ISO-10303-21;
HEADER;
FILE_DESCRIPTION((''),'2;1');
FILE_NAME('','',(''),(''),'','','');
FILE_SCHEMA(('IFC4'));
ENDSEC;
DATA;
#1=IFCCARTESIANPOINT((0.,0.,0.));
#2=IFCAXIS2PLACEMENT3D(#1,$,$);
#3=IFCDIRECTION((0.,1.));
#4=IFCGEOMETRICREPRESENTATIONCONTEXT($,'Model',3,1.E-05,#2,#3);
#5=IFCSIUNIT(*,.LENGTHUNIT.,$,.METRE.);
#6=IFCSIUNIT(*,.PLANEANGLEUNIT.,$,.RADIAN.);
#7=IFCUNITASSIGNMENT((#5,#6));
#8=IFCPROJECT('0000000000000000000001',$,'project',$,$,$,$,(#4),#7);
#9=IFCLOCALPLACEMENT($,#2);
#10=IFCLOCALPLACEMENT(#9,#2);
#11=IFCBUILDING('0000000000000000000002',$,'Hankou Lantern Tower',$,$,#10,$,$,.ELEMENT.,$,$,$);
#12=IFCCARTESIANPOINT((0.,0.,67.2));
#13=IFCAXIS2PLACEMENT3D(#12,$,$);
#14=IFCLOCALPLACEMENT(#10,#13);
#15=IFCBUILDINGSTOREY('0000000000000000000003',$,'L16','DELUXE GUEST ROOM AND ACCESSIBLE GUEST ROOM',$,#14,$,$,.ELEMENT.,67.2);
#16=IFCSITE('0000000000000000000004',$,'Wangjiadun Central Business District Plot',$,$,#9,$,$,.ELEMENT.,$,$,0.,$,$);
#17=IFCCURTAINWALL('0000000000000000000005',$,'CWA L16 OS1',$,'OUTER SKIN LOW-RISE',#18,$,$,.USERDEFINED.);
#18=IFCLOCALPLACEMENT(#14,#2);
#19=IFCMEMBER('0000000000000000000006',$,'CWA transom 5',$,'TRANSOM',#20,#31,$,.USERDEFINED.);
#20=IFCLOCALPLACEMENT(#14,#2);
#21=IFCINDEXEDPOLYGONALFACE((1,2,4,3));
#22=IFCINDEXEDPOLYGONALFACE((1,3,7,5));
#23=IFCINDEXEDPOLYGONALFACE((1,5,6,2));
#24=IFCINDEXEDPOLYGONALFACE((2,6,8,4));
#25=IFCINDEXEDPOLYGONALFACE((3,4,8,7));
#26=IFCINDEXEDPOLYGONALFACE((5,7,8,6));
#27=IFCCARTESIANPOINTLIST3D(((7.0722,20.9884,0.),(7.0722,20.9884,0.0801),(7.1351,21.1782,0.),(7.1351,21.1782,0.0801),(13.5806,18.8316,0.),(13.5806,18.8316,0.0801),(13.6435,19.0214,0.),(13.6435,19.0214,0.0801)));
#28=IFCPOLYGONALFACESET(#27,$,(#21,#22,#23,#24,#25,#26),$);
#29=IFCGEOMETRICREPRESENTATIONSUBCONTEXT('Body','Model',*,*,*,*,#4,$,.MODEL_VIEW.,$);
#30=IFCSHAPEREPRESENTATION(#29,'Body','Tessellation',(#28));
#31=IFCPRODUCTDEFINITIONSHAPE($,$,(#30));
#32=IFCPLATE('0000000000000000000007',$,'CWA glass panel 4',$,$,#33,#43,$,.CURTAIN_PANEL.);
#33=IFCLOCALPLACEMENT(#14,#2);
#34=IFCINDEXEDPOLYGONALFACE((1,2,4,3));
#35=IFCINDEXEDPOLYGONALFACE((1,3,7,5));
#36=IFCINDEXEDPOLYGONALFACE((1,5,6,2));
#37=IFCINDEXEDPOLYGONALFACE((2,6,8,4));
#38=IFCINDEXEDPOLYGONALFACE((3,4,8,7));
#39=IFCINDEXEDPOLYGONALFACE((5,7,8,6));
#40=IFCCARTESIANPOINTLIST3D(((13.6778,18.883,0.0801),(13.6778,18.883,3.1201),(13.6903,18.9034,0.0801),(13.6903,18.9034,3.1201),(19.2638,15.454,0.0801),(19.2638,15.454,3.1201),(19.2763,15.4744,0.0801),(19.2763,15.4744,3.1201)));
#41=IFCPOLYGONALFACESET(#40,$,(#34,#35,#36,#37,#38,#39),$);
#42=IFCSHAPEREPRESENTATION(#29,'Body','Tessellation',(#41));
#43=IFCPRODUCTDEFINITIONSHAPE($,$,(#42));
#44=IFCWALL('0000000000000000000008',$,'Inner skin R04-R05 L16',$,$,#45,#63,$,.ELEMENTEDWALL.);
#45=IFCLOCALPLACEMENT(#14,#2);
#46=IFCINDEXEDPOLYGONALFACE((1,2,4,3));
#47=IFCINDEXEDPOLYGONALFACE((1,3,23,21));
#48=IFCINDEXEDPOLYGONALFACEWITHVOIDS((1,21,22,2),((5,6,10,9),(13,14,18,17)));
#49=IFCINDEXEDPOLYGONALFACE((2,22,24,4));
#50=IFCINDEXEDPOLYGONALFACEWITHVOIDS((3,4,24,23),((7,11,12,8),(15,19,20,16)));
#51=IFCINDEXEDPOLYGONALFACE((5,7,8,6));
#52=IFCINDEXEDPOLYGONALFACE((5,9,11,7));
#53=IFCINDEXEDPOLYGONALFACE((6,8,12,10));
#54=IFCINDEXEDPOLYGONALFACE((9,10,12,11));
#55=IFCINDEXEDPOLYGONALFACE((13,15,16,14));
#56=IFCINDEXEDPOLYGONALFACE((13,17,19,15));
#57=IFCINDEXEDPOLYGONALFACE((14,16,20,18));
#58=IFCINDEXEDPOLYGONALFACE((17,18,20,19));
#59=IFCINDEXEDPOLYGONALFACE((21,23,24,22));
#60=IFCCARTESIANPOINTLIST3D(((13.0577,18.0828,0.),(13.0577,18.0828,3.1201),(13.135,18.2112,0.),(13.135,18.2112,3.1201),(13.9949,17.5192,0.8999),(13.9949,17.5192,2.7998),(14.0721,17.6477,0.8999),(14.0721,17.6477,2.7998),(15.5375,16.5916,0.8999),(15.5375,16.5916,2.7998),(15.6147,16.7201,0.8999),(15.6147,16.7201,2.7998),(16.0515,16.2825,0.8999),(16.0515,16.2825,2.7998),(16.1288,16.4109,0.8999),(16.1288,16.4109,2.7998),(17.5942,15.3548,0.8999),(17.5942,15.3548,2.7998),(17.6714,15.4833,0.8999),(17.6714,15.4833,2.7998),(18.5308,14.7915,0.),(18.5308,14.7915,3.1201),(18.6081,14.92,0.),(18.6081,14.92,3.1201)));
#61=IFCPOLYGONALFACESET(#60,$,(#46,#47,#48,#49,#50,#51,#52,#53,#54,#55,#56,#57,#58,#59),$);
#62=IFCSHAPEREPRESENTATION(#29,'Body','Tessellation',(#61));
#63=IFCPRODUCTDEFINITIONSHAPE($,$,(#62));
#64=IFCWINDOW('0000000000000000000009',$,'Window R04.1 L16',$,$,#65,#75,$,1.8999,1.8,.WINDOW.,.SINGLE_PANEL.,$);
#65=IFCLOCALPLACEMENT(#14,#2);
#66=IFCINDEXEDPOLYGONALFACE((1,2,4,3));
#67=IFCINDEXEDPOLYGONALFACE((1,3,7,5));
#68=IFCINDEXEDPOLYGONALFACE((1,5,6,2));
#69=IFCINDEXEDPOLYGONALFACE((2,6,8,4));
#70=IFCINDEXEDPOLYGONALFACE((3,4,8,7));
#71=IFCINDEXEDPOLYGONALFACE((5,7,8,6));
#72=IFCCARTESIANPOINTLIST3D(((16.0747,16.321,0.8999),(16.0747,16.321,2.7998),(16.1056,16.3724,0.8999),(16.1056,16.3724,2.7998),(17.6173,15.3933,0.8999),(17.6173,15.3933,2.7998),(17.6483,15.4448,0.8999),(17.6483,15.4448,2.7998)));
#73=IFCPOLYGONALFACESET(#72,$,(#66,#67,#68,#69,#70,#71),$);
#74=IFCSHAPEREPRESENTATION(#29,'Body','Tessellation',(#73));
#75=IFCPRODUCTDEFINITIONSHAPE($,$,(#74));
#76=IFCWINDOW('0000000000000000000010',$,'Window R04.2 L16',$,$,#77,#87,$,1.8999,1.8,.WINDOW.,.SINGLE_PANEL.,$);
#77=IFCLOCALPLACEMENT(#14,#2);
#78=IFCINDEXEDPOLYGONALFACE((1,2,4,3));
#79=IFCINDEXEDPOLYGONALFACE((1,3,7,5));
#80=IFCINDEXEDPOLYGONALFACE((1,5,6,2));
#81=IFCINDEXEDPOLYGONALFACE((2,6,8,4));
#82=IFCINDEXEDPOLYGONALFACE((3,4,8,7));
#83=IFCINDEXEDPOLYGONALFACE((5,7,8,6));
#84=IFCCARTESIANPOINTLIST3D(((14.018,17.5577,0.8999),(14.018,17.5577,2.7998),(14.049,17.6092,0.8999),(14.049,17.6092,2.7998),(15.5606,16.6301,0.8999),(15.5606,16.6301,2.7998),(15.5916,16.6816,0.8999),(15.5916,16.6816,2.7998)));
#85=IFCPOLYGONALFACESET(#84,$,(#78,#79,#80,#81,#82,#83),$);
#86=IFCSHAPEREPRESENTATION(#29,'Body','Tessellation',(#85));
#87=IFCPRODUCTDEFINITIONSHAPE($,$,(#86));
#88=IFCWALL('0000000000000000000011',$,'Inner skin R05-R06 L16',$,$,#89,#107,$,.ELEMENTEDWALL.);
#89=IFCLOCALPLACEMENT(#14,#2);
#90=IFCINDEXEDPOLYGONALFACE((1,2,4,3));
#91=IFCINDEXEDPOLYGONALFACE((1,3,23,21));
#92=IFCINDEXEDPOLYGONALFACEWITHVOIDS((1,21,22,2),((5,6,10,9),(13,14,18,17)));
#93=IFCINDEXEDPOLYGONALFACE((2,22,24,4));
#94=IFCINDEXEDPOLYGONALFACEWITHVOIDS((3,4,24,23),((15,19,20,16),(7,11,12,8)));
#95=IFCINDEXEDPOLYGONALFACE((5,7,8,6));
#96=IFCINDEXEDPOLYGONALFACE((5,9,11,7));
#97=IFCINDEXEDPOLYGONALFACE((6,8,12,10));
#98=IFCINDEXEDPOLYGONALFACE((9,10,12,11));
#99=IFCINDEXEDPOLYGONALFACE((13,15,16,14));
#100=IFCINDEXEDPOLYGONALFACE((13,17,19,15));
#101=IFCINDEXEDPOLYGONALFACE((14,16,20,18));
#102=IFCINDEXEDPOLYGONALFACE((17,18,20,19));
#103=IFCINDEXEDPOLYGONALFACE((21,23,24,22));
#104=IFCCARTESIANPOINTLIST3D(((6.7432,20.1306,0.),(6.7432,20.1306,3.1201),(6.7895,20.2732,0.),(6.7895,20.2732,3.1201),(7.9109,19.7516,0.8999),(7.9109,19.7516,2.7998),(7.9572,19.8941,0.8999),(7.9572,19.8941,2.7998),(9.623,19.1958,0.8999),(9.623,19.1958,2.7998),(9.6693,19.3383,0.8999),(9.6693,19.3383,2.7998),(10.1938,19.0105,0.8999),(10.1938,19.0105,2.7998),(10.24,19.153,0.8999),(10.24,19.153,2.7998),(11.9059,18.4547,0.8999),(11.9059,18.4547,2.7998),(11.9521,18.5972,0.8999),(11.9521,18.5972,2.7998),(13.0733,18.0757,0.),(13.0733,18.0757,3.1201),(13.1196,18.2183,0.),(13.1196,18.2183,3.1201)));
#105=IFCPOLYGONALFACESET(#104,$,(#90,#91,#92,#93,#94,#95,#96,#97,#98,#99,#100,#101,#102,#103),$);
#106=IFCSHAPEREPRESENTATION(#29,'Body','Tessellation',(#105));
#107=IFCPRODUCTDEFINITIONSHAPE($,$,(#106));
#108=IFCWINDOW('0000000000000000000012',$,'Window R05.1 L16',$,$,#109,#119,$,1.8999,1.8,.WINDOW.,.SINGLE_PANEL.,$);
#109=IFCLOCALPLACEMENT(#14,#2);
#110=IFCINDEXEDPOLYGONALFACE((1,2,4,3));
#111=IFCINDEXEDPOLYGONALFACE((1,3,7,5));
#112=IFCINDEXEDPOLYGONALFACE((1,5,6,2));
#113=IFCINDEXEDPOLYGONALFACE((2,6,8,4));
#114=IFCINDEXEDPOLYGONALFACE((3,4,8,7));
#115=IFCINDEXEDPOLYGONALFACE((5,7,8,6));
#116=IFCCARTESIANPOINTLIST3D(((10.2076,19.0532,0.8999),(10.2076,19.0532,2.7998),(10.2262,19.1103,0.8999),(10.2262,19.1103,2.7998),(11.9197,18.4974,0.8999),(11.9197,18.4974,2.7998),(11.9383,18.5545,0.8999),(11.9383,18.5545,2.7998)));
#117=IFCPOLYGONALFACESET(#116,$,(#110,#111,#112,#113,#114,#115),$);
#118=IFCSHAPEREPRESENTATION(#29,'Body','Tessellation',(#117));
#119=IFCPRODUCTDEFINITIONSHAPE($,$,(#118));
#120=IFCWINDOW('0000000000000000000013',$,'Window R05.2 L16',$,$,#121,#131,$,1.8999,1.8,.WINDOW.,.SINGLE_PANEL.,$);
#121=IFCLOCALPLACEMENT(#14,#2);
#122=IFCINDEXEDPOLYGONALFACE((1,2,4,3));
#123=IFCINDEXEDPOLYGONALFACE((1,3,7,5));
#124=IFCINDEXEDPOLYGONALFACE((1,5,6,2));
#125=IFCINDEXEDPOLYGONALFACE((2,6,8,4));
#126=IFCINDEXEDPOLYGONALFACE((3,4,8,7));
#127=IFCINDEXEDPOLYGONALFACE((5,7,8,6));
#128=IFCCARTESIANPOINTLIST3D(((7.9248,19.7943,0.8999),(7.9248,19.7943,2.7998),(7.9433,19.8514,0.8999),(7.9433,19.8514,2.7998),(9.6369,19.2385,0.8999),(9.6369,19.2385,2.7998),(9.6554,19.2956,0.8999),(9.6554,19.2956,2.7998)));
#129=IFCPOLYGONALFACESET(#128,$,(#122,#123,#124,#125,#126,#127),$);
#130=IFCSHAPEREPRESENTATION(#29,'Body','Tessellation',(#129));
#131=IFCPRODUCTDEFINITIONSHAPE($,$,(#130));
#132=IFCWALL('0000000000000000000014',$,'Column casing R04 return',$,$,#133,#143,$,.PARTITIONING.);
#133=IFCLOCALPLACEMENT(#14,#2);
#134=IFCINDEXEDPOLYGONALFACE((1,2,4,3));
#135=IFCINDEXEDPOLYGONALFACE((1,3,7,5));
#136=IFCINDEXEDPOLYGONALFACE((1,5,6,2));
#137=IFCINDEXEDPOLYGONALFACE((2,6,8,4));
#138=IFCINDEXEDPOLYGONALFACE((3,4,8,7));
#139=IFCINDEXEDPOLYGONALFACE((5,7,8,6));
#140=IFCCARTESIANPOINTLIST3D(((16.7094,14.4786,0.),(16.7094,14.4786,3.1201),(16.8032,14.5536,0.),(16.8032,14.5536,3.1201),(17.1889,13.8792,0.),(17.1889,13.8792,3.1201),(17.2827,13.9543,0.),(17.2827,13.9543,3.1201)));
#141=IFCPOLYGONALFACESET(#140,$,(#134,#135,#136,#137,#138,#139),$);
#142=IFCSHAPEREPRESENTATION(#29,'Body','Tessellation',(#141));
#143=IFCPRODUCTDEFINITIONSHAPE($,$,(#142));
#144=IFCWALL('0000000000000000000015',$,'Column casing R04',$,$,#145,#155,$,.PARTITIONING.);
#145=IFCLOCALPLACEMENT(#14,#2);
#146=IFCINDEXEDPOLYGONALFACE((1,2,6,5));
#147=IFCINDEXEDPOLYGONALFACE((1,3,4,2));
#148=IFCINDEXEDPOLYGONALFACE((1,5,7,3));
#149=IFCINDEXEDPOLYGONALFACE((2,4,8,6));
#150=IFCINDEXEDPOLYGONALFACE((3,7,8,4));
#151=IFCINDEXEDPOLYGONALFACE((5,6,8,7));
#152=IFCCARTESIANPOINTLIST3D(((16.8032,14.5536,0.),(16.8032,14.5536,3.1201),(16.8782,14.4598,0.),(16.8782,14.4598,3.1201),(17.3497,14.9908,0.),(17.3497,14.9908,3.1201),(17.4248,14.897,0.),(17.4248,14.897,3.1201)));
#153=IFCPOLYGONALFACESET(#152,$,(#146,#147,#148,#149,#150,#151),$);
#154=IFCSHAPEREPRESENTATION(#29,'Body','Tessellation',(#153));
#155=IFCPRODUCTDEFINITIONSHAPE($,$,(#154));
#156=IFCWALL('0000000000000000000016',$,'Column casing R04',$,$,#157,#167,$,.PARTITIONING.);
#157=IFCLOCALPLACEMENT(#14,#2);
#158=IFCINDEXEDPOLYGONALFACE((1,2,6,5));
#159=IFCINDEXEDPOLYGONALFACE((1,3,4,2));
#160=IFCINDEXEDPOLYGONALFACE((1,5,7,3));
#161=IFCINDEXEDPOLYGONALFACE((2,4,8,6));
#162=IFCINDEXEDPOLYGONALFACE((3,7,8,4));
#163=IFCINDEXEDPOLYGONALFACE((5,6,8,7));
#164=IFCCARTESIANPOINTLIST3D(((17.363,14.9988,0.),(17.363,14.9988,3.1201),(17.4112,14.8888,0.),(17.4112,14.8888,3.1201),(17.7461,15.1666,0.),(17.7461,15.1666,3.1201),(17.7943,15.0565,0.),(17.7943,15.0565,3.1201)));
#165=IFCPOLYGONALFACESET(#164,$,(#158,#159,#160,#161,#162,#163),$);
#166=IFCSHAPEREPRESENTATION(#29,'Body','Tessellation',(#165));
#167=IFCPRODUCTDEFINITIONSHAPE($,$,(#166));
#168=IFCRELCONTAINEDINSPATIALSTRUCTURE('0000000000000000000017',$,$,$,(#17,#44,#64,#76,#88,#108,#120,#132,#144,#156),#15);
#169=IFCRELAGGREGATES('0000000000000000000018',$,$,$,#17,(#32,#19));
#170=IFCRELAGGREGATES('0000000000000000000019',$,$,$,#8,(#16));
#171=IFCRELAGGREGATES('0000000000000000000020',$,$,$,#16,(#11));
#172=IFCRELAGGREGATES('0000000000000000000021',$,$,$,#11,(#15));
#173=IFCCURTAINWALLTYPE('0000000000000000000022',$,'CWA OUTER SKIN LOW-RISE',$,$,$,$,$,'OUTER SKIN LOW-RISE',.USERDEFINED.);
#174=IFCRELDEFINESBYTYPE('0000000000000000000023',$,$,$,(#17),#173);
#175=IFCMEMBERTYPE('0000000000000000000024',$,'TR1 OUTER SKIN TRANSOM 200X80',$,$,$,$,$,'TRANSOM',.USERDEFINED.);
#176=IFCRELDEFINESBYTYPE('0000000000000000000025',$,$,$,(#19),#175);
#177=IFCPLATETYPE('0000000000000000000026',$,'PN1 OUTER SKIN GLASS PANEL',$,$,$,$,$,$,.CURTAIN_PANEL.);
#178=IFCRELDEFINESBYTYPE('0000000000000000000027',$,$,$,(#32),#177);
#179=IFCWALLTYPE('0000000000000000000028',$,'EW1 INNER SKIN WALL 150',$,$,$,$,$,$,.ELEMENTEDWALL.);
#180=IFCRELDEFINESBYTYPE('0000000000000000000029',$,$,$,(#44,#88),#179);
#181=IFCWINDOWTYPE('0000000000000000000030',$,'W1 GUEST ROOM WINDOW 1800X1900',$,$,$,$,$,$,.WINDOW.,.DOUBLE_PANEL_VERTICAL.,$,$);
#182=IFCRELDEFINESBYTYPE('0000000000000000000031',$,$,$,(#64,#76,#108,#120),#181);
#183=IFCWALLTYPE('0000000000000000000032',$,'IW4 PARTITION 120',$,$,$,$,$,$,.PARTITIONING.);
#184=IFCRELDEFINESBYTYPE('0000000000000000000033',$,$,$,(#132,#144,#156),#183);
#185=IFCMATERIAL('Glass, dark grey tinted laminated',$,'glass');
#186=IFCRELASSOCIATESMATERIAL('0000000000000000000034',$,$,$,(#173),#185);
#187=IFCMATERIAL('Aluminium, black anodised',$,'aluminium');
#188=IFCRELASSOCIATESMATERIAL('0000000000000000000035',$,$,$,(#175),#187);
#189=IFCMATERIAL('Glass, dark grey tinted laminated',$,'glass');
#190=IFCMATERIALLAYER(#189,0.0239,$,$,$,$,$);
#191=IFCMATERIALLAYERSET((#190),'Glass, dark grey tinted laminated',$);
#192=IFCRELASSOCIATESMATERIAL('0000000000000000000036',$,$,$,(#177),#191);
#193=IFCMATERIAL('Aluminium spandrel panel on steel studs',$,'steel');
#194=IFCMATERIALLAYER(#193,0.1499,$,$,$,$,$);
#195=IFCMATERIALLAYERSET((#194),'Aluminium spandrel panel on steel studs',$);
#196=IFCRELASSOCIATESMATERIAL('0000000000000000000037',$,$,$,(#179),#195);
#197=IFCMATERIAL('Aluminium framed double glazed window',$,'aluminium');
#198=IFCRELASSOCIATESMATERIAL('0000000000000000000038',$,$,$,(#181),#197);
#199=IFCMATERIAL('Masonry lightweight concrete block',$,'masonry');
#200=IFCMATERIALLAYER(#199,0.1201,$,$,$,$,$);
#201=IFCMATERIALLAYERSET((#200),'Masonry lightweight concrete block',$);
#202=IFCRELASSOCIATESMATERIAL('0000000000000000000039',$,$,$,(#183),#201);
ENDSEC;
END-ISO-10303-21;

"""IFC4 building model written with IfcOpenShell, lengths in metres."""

from ifc_helpers import new_model, si_unit, direction, frame, frame_2d, origin, origin_2d, place, context, subcontext, project, spatial, rectangle, extrude, material, layer, layer_set, material_profile, profile_set, type_object, element, fill, aggregate, save


model = new_model("IFC4")

# Units and contexts
model_context = context("Model", 3, precision=1e-05, world=origin(), true_north=direction((0.0, 1.0)))
body_context = subcontext(model_context, "Body", "Model", "MODEL_VIEW")
ifc_project = project(units=[si_unit("LENGTHUNIT", "METRE"), si_unit("PLANEANGLEUNIT", "RADIAN")], contexts=[model_context])

# Site, building, storey
site_placement = place(None, origin())
site = spatial("IfcSite", under=ifc_project, at=site_placement, Name="Wangjiadun Central Business District Plot", CompositionType="ELEMENT", RefElevation=0.0)
building_placement = place(site_placement, origin())
building = spatial("IfcBuilding", under=site, at=building_placement, Name="Hankou Lantern Tower", CompositionType="ELEMENT")
storey_placement = place(building_placement, frame((0.0, 0.0, 67.2)))
storey = spatial("IfcBuildingStorey", under=building, at=storey_placement, Name="L16", Description="DELUXE GUEST ROOM AND ACCESSIBLE GUEST ROOM", CompositionType="ELEMENT", Elevation=67.2)

# Curtain wall, member, plate
ifc_material_1 = material(Name="Glass, dark grey tinted laminated", Category="glass")
curtain_wall_type = type_object("IfcCurtainWallType", Name="CWA OUTER SKIN LOW-RISE", ElementType="OUTER SKIN LOW-RISE", PredefinedType="USERDEFINED", material=ifc_material_1)
curtain_wall_placement = place(storey_placement, origin())
curtain_wall = element("IfcCurtainWall", 1, at=curtain_wall_placement, inside=storey, type_object=curtain_wall_type, Name="CWA L16 OS1", ObjectType="OUTER SKIN LOW-RISE", PredefinedType="USERDEFINED")
ifc_material_2 = material(Name="Aluminium, black anodised", Category="aluminium")
ifc_material_profile_1 = material_profile(ifc_material_2, rectangle(XDim=0.2, YDim=0.0801, at=origin_2d()), Name="TR1 200X80")
ifc_profile_set_1 = profile_set([ifc_material_profile_1], Name="Aluminium, black anodised")
member_type_1 = type_object("IfcMemberType", Name="TR1 OUTER SKIN TRANSOM 200X80", ElementType="TRANSOM", PredefinedType="USERDEFINED", material=ifc_profile_set_1)
member_1_placement = place(storey_placement, frame((13.6121, 18.9265, 0.04), z_axis=(-0.949237, 0.314561, 0.0), x_axis=(-0.314561, -0.949237, 0.0)))
member_1 = element("IfcMember", 2, at=member_1_placement, type_object=member_type_1, Name="CWA transom 5", ObjectType="TRANSOM", PredefinedType="USERDEFINED", context=body_context, shape_type="SweptSolid", body=[
    extrude(rectangle(XDim=0.2, YDim=0.0801, at=origin_2d()), origin(), (0.0, 0.0, 1.0), 6.8564),
])
ifc_material_3 = material(Name="Glass, dark grey tinted laminated", Category="glass")
ifc_layer_1 = layer(ifc_material_3, 0.0239)
ifc_layer_set_1 = layer_set([ifc_layer_1], Name="Glass, dark grey tinted laminated")
plate_type = type_object("IfcPlateType", Name="PN1 OUTER SKIN GLASS PANEL", PredefinedType="CURTAIN_PANEL", material=ifc_layer_set_1)
plate_placement = place(storey_placement, frame((16.4771, 17.1787, 0.0801), z_axis=(0.0, 0.0, 1.0), x_axis=(-0.852237, 0.523156, 0.0)))
plate = element("IfcPlate", 3, at=plate_placement, type_object=plate_type, Name="CWA glass panel 4", PredefinedType="CURTAIN_PANEL", context=body_context, shape_type="SweptSolid", body=[
    extrude(rectangle(XDim=6.5544, YDim=0.0239, at=origin_2d()), origin(), (0.0, 0.0, 1.0), 3.04),
])
aggregate(curtain_wall, [plate, member_1])

# Walls, openings, windows
ifc_material_4 = material(Name="Aluminium spandrel panel on steel studs", Category="steel")
ifc_layer_2 = layer(ifc_material_4, 0.1499)
ifc_layer_set_2 = layer_set([ifc_layer_2], Name="Aluminium spandrel panel on steel studs")
wall_type_1 = type_object("IfcWallType", Name="EW1 INNER SKIN WALL 150", PredefinedType="ELEMENTEDWALL", material=ifc_layer_set_2)
wall_1_placement = place(storey_placement, frame((18.5696, 14.8557, 0.0), z_axis=(0.0, 0.0, 1.0), x_axis=(-0.856983, 0.515344, 0.0)))
wall_1 = element("IfcWall", 4, at=wall_1_placement, inside=storey, type_object=wall_type_1, Name="Inner skin R04-R05 L16", PredefinedType="ELEMENTEDWALL", context=body_context, shape_type="SweptSolid", body=[
    extrude(rectangle(XDim=6.3865, YDim=0.1499, at=frame_2d((3.1934, 0.0))), origin(), (0.0, 0.0, 1.0), 3.1201),
])
opening_1_placement = place(wall_1_placement, frame((1.0933, 0.0, 0.8999)))
opening_1 = element("IfcOpeningElement", 5, at=opening_1_placement, cuts=wall_1, PredefinedType="OPENING", context=body_context, shape_type="SweptSolid", body=[
    extrude(rectangle(XDim=1.8, YDim=1.8999, at=frame_2d((0.8999, 0.95))), frame((0.0, 0.085, 0.0), z_axis=(0.0, -1.0, 0.0), x_axis=(1.0, 0.0, 0.0)), (0.0, 0.0, 1.0), 0.1699),
])
opening_2_placement = place(wall_1_placement, frame((3.4932, 0.0, 0.8999)))
opening_2 = element("IfcOpeningElement", 6, at=opening_2_placement, cuts=wall_1, PredefinedType="OPENING", context=body_context, shape_type="SweptSolid", body=[
    extrude(rectangle(XDim=1.8, YDim=1.8999, at=frame_2d((0.8999, 0.95))), frame((0.0, 0.085, 0.0), z_axis=(0.0, -1.0, 0.0), x_axis=(1.0, 0.0, 0.0)), (0.0, 0.0, 1.0), 0.1699),
])
ifc_material_5 = material(Name="Aluminium framed double glazed window", Category="aluminium")
window_type = type_object("IfcWindowType", Name="W1 GUEST ROOM WINDOW 1800X1900", PartitioningType="DOUBLE_PANEL_VERTICAL", PredefinedType="WINDOW", material=ifc_material_5)
window_1_placement = place(opening_1_placement, origin())
window_1 = element("IfcWindow", 7, at=window_1_placement, inside=storey, type_object=window_type, Name="Window R04.1 L16", OverallHeight=1.8999, OverallWidth=1.8, PartitioningType="SINGLE_PANEL", PredefinedType="WINDOW", context=body_context, shape_type="SweptSolid", body=[
    extrude(rectangle(XDim=1.8, YDim=1.8999, at=frame_2d((0.8999, 0.95))), frame((0.0, 0.03, 0.0), z_axis=(0.0, -1.0, 0.0), x_axis=(1.0, 0.0, 0.0)), (0.0, 0.0, 1.0), 0.0601),
])
fill(opening_1, window_1)
window_2_placement = place(opening_2_placement, origin())
window_2 = element("IfcWindow", 8, at=window_2_placement, inside=storey, type_object=window_type, Name="Window R04.2 L16", OverallHeight=1.8999, OverallWidth=1.8, PartitioningType="SINGLE_PANEL", PredefinedType="WINDOW", context=body_context, shape_type="SweptSolid", body=[
    extrude(rectangle(XDim=1.8, YDim=1.8999, at=frame_2d((0.8999, 0.95))), frame((0.0, 0.03, 0.0), z_axis=(0.0, -1.0, 0.0), x_axis=(1.0, 0.0, 0.0)), (0.0, 0.0, 1.0), 0.0601),
])
fill(opening_2, window_2)
wall_2_placement = place(storey_placement, frame((13.0964, 18.147, 0.0), z_axis=(0.0, 0.0, 1.0), x_axis=(-0.951138, 0.308768, 0.0)))
wall_2 = element("IfcWall", 9, at=wall_2_placement, inside=storey, type_object=wall_type_1, Name="Inner skin R05-R06 L16", PredefinedType="ELEMENTEDWALL", context=body_context, shape_type="SweptSolid", body=[
    extrude(rectangle(XDim=6.6553, YDim=0.1499, at=frame_2d((3.3276, 0.0))), origin(), (0.0, 0.0, 1.0), 3.1201),
])
opening_3_placement = place(wall_2_placement, frame((1.2275, 0.0, 0.8999)))
opening_3 = element("IfcOpeningElement", 10, at=opening_3_placement, cuts=wall_2, PredefinedType="OPENING", context=body_context, shape_type="SweptSolid", body=[
    extrude(rectangle(XDim=1.8, YDim=1.8999, at=frame_2d((0.8999, 0.95))), frame((0.0, 0.085, 0.0), z_axis=(0.0, -1.0, 0.0), x_axis=(1.0, 0.0, 0.0)), (0.0, 0.0, 1.0), 0.1699),
])
opening_4_placement = place(wall_2_placement, frame((3.6277, 0.0, 0.8999)))
opening_4 = element("IfcOpeningElement", 11, at=opening_4_placement, cuts=wall_2, PredefinedType="OPENING", context=body_context, shape_type="SweptSolid", body=[
    extrude(rectangle(XDim=1.8, YDim=1.8999, at=frame_2d((0.8999, 0.95))), frame((0.0, 0.085, 0.0), z_axis=(0.0, -1.0, 0.0), x_axis=(1.0, 0.0, 0.0)), (0.0, 0.0, 1.0), 0.1699),
])
window_3_placement = place(opening_3_placement, origin())
window_3 = element("IfcWindow", 12, at=window_3_placement, inside=storey, type_object=window_type, Name="Window R05.1 L16", OverallHeight=1.8999, OverallWidth=1.8, PartitioningType="SINGLE_PANEL", PredefinedType="WINDOW", context=body_context, shape_type="SweptSolid", body=[
    extrude(rectangle(XDim=1.8, YDim=1.8999, at=frame_2d((0.8999, 0.95))), frame((0.0, 0.03, 0.0), z_axis=(0.0, -1.0, 0.0), x_axis=(1.0, 0.0, 0.0)), (0.0, 0.0, 1.0), 0.0601),
])
fill(opening_3, window_3)
window_4_placement = place(opening_4_placement, origin())
window_4 = element("IfcWindow", 13, at=window_4_placement, inside=storey, type_object=window_type, Name="Window R05.2 L16", OverallHeight=1.8999, OverallWidth=1.8, PartitioningType="SINGLE_PANEL", PredefinedType="WINDOW", context=body_context, shape_type="SweptSolid", body=[
    extrude(rectangle(XDim=1.8, YDim=1.8999, at=frame_2d((0.8999, 0.95))), frame((0.0, 0.03, 0.0), z_axis=(0.0, -1.0, 0.0), x_axis=(1.0, 0.0, 0.0)), (0.0, 0.0, 1.0), 0.0601),
])
fill(opening_4, window_4)

# Walls
ifc_material_6 = material(Name="Masonry lightweight concrete block", Category="masonry")
ifc_layer_3 = layer(ifc_material_6, 0.1201)
ifc_layer_set_3 = layer_set([ifc_layer_3], Name="Masonry lightweight concrete block")
wall_type_2 = type_object("IfcWallType", Name="IW4 PARTITION 120", PredefinedType="PARTITIONING", material=ifc_layer_set_3)
wall_3_placement = place(storey_placement, frame((17.2358, 13.9167, 0.0), z_axis=(0.0, 0.0, 1.0), x_axis=(-0.624695, 0.780869, 0.0)))
element("IfcWall", 14, at=wall_3_placement, inside=storey, type_object=wall_type_2, Name="Column casing R04 return", PredefinedType="PARTITIONING", context=body_context, shape_type="SweptSolid", body=[
    extrude(rectangle(XDim=0.7676, YDim=0.1201, at=frame_2d((0.3838, 0.0))), origin(), (0.0, 0.0, 1.0), 3.1201),
])
wall_4_placement = place(storey_placement, frame((16.8406, 14.5066, 0.0), z_axis=(0.0, 0.0, 1.0), x_axis=(0.780903, 0.624653, 0.0)))
element("IfcWall", 15, at=wall_4_placement, inside=storey, type_object=wall_type_2, Name="Column casing R04", PredefinedType="PARTITIONING", context=body_context, shape_type="SweptSolid", body=[
    extrude(rectangle(XDim=0.7, YDim=0.1201, at=frame_2d((0.3501, 0.0))), origin(), (0.0, 0.0, 1.0), 3.1201),
])
wall_5_placement = place(storey_placement, frame((17.3872, 14.9438, 0.0), z_axis=(0.0, 0.0, 1.0), x_axis=(0.916037, 0.401094, 0.0)))
element("IfcWall", 16, at=wall_5_placement, inside=storey, type_object=wall_type_2, Name="Column casing R04", PredefinedType="PARTITIONING", context=body_context, shape_type="SweptSolid", body=[
    extrude(rectangle(XDim=0.4182, YDim=0.1201, at=frame_2d((0.209, 0.0))), origin(), (0.0, 0.0, 1.0), 3.1201),
])

save(model, "model.ifc")
